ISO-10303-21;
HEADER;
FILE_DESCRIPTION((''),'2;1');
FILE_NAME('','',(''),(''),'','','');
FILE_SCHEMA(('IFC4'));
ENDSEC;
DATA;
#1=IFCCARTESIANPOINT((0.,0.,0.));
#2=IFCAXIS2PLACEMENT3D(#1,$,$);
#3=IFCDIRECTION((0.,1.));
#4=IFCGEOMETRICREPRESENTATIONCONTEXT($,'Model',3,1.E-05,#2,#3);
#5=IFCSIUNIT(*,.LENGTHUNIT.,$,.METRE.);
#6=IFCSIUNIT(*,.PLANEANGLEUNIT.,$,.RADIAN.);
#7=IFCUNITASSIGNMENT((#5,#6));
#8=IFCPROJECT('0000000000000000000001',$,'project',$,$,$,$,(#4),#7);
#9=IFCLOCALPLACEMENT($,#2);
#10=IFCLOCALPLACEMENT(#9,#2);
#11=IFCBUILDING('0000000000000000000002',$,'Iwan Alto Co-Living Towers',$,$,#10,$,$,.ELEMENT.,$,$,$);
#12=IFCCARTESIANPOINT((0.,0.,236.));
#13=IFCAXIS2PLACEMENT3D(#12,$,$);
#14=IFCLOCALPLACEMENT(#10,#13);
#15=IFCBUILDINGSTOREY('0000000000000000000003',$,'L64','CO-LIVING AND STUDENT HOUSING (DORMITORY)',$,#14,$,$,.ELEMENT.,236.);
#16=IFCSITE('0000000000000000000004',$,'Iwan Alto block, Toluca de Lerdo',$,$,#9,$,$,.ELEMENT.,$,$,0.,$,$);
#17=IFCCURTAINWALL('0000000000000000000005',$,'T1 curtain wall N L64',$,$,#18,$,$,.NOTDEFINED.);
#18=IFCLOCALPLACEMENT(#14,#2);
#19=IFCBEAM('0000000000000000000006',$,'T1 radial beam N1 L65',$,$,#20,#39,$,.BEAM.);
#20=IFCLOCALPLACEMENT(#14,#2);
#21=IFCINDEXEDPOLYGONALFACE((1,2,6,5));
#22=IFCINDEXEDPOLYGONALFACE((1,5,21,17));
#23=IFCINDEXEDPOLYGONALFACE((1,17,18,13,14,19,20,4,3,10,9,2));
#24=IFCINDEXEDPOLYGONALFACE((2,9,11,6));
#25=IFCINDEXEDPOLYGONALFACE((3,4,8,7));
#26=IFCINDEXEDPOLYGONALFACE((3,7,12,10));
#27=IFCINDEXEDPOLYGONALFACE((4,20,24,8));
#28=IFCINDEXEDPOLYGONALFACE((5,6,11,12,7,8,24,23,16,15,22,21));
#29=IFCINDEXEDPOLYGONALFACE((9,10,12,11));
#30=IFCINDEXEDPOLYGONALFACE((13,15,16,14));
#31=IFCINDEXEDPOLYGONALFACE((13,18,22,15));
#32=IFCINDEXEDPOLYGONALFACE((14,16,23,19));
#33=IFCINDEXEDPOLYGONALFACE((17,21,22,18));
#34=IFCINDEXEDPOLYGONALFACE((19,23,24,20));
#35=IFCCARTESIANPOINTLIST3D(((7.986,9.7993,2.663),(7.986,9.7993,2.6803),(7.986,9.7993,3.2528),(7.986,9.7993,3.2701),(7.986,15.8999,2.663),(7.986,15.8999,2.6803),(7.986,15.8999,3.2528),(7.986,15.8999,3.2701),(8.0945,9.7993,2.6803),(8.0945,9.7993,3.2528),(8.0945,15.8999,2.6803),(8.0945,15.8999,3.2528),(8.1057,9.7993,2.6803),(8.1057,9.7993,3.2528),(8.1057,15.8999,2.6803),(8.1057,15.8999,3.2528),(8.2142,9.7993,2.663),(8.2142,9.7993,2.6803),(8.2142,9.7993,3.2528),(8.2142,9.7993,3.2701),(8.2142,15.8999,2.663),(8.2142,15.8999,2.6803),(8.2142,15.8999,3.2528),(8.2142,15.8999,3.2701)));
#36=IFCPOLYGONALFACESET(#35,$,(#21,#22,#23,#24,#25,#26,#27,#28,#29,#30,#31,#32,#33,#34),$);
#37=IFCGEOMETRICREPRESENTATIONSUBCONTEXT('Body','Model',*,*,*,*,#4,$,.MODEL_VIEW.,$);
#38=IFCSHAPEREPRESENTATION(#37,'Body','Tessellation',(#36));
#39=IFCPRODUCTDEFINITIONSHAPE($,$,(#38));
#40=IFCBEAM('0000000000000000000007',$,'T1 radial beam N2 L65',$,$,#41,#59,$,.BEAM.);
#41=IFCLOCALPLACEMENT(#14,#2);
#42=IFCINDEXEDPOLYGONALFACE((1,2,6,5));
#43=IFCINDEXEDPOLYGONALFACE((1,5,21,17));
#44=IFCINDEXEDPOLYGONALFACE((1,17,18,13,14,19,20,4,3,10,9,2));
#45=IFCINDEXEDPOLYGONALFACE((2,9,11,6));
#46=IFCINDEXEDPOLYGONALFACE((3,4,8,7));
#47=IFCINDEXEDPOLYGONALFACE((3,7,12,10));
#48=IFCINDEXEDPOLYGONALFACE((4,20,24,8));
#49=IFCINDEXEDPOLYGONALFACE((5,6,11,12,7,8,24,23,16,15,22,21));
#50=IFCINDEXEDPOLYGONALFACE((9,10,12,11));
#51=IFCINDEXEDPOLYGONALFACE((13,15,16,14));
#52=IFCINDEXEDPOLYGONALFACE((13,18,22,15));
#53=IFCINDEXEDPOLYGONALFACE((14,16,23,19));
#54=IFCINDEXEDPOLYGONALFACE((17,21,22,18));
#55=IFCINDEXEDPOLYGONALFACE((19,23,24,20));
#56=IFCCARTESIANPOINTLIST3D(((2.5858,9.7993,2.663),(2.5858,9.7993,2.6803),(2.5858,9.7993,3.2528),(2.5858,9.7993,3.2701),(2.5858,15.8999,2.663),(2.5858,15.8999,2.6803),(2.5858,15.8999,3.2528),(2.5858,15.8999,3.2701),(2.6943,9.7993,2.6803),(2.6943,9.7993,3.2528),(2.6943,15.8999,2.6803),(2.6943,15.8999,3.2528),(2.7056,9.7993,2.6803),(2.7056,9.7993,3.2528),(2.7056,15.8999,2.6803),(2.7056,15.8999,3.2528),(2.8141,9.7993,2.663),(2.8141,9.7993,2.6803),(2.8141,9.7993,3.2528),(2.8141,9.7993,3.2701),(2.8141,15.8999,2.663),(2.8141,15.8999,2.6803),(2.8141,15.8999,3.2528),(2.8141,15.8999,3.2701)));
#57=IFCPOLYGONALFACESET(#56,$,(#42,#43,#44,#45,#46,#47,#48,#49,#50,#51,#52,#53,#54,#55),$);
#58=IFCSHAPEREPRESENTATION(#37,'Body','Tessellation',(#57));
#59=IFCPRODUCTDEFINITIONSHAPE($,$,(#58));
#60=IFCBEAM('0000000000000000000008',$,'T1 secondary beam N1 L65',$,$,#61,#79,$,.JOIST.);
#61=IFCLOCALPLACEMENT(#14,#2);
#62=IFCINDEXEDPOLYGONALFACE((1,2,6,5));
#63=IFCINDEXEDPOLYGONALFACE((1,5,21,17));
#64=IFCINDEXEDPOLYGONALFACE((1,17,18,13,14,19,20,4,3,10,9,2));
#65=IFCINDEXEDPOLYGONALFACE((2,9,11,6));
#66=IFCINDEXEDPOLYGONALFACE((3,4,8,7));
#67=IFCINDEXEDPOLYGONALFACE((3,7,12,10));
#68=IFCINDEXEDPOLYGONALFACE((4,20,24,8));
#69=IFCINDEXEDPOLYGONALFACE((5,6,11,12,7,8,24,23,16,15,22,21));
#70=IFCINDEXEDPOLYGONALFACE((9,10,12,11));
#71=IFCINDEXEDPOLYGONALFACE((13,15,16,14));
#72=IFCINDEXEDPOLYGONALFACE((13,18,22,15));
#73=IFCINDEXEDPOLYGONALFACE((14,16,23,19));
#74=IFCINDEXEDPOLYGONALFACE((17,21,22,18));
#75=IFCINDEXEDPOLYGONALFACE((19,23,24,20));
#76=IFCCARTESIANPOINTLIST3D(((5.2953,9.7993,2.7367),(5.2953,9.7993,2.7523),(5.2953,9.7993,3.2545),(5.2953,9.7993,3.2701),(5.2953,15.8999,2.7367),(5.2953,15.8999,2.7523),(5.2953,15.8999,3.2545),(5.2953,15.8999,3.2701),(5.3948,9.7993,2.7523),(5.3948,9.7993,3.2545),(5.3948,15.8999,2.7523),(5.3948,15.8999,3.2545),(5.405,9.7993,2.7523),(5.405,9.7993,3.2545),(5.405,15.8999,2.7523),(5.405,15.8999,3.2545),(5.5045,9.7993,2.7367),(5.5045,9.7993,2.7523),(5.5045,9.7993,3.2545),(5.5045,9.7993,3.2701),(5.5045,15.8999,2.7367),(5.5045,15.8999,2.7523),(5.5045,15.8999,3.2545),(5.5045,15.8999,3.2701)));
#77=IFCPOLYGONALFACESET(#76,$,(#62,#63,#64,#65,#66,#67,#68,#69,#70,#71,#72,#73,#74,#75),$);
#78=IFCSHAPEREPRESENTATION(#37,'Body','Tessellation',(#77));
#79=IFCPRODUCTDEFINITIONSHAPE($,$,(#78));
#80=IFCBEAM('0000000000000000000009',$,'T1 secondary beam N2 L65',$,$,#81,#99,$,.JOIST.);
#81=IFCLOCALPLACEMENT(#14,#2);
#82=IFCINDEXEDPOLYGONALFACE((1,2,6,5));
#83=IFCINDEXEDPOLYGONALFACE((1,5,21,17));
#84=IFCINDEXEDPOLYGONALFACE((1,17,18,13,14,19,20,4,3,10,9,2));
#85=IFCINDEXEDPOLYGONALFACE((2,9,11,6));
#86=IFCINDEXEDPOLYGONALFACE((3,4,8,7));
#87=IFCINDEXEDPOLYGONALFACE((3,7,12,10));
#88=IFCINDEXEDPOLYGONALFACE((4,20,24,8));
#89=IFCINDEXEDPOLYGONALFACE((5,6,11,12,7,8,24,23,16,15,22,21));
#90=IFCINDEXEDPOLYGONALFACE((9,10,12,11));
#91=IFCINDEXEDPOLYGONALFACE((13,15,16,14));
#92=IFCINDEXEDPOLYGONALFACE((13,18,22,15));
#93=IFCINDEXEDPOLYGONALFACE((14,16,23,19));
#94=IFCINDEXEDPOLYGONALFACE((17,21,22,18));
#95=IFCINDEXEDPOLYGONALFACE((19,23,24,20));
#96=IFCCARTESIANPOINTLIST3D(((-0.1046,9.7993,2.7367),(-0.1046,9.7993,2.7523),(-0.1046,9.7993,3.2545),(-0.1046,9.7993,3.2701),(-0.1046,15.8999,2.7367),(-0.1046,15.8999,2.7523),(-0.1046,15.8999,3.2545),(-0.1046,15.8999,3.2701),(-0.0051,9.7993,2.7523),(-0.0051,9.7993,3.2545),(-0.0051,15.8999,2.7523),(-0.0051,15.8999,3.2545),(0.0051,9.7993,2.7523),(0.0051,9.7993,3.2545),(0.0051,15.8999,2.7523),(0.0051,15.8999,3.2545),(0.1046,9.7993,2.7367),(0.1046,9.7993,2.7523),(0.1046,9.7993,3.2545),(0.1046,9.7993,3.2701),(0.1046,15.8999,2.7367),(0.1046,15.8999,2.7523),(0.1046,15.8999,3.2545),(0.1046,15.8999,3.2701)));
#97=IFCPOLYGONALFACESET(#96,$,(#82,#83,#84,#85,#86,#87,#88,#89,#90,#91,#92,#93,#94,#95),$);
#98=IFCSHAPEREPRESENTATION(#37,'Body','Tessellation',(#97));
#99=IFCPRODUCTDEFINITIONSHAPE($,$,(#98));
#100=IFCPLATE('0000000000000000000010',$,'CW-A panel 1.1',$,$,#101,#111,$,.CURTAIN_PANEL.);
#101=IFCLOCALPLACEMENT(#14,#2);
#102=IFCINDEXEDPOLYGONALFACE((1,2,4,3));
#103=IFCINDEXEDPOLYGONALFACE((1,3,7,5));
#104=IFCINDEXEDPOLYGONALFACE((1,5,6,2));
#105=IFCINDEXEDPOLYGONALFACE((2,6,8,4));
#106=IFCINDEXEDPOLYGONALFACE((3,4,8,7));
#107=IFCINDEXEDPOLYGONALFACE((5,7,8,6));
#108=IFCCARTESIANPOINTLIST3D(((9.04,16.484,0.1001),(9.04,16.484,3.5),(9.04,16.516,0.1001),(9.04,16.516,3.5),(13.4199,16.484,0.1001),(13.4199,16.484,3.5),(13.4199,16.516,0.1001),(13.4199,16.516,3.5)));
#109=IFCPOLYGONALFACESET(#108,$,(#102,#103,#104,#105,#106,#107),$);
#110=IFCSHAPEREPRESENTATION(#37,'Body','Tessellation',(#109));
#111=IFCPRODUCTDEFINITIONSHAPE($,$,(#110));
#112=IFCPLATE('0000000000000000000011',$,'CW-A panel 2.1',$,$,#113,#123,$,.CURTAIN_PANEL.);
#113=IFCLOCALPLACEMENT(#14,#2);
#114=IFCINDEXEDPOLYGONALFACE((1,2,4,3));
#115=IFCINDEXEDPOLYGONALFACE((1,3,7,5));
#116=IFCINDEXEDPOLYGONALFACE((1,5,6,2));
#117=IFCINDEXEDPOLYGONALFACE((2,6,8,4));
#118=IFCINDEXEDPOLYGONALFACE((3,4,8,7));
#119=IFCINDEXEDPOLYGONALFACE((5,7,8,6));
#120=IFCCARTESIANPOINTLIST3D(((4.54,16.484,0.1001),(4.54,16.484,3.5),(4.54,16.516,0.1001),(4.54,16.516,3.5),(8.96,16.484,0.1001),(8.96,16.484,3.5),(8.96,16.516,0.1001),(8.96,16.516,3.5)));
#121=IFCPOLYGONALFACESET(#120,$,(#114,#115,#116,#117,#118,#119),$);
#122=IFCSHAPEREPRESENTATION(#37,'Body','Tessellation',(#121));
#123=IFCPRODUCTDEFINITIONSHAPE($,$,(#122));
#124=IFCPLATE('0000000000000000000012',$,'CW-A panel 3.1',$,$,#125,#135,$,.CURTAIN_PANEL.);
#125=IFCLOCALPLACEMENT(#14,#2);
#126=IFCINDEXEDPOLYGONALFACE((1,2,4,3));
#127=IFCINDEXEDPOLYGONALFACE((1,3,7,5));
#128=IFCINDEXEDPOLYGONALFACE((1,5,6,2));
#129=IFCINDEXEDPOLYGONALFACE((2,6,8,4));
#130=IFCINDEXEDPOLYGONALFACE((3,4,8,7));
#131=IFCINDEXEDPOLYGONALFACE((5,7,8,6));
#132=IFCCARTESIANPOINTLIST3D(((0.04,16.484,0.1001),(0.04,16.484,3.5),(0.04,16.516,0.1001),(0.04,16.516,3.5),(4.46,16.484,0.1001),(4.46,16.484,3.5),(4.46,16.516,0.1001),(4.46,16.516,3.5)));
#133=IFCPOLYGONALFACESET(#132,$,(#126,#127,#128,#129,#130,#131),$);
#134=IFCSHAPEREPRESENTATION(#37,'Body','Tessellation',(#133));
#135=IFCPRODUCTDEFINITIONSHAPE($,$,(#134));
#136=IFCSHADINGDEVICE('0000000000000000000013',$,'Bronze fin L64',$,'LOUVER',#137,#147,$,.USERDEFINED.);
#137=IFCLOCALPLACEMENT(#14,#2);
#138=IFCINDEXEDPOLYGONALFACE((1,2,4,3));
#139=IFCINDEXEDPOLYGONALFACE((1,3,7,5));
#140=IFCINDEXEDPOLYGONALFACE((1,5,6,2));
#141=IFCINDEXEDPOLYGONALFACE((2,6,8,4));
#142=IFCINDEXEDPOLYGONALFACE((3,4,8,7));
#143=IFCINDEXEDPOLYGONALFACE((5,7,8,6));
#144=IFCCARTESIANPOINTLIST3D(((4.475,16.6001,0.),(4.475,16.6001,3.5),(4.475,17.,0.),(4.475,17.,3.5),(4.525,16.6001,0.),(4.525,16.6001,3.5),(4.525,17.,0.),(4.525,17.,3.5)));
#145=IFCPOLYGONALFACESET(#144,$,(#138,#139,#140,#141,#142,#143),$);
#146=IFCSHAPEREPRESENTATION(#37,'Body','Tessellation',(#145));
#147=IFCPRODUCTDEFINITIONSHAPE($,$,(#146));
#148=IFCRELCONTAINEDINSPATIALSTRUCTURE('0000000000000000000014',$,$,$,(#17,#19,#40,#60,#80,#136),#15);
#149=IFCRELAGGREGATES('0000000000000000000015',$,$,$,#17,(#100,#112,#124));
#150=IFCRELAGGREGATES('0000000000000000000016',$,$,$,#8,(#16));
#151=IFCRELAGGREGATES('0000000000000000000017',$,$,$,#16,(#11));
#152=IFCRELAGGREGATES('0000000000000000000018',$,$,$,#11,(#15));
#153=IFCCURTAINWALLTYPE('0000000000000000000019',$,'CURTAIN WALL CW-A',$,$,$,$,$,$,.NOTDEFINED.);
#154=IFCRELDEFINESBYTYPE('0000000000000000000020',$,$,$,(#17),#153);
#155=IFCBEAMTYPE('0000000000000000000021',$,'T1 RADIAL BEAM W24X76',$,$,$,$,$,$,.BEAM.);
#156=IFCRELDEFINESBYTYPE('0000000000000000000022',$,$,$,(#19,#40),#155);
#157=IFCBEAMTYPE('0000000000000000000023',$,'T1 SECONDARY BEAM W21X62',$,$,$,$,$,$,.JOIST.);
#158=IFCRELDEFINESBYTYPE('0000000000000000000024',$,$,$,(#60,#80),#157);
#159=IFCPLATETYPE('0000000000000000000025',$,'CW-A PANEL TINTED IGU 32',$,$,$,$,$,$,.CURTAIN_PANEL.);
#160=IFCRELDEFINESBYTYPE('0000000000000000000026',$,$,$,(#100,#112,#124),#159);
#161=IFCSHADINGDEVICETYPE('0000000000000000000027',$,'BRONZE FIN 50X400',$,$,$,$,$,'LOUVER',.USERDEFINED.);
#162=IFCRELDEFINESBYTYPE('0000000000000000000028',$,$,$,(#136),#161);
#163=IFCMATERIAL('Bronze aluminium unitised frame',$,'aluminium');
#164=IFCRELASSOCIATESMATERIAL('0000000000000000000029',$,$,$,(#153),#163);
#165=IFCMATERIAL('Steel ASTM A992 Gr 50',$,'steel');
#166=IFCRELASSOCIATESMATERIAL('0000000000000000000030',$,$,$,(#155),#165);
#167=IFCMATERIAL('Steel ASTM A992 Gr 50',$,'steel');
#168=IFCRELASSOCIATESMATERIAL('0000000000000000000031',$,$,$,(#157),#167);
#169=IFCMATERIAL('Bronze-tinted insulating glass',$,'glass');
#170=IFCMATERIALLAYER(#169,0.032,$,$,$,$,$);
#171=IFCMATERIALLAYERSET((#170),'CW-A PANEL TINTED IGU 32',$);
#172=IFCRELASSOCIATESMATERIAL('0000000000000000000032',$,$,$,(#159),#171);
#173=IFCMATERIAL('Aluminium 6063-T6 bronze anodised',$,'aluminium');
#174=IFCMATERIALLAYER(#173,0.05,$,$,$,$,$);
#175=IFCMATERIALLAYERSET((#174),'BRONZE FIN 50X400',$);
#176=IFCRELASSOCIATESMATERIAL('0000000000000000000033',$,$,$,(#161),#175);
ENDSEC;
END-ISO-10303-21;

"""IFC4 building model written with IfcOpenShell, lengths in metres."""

from ifc_helpers import new_model, si_unit, direction, frame, origin, origin_2d, place, context, subcontext, project, spatial, rectangle, i_section, extrude, material, layer, layer_set, material_profile, profile_set, type_object, element, aggregate, save


model = new_model("IFC4")

# Units and contexts
model_context = context("Model", 3, precision=1e-05, world=origin(), true_north=direction((0.0, 1.0)))
body_context = subcontext(model_context, "Body", "Model", "MODEL_VIEW")
ifc_project = project(units=[si_unit("LENGTHUNIT", "METRE"), si_unit("PLANEANGLEUNIT", "RADIAN")], contexts=[model_context])

# Site, building, storey
site_placement = place(None, origin())
site = spatial("IfcSite", under=ifc_project, at=site_placement, Name="Iwan Alto block, Toluca de Lerdo", CompositionType="ELEMENT", RefElevation=0.0)
building_placement = place(site_placement, origin())
building = spatial("IfcBuilding", under=site, at=building_placement, Name="Iwan Alto Co-Living Towers", CompositionType="ELEMENT")
storey_placement = place(building_placement, frame((0.0, 0.0, 236.0)))
storey = spatial("IfcBuildingStorey", under=building, at=storey_placement, Name="L64", Description="CO-LIVING AND STUDENT HOUSING (DORMITORY)", CompositionType="ELEMENT", Elevation=236.0)

# Curtain wall
ifc_material_1 = material(Name="Bronze aluminium unitised frame", Category="aluminium")
curtain_wall_type = type_object("IfcCurtainWallType", Name="CURTAIN WALL CW-A", PredefinedType="NOTDEFINED", material=ifc_material_1)
curtain_wall_placement = place(storey_placement, origin())
curtain_wall = element("IfcCurtainWall", 1, at=curtain_wall_placement, inside=storey, type_object=curtain_wall_type, Name="T1 curtain wall N L64", PredefinedType="NOTDEFINED")

# Beams
ifc_material_2 = material(Name="Steel ASTM A992 Gr 50", Category="steel")
ifc_material_profile_1 = material_profile(ifc_material_2, i_section(OverallWidth=0.2283, OverallDepth=0.6072, WebThickness=0.0112, FlangeThickness=0.0173, at=origin_2d()), Name="W24X76")
ifc_profile_set_1 = profile_set([ifc_material_profile_1], Name="Steel ASTM A992 Gr 50")
beam_type_1 = type_object("IfcBeamType", Name="T1 RADIAL BEAM W24X76", PredefinedType="BEAM", material=ifc_profile_set_1)
for number, where, z_axis, x_axis, name in (
    (2, (8.1001, 15.8999, 2.9666), (0.0, -1.0, 0.0), (1.0, 0.0, 0.0), "T1 radial beam N1 L65"),
    (3, (2.7, 15.8999, 2.9666), (0.0, -1.0, 0.0), (1.0, 0.0, 0.0), "T1 radial beam N2 L65"),
):
    element("IfcBeam", number, at=place(storey_placement, frame(where, z_axis=z_axis, x_axis=x_axis)), inside=storey, type_object=beam_type_1, Name=name, PredefinedType="BEAM", context=body_context, shape_type="SweptSolid", body=[
        extrude(i_section(OverallWidth=0.2283, OverallDepth=0.6072, WebThickness=0.0112, FlangeThickness=0.0173, at=origin_2d()), origin(), (0.0, 0.0, 1.0), 6.1006),
    ])
ifc_material_3 = material(Name="Steel ASTM A992 Gr 50", Category="steel")
ifc_material_profile_2 = material_profile(ifc_material_3, i_section(OverallWidth=0.2092, OverallDepth=0.5334, WebThickness=0.0103, FlangeThickness=0.0156, at=origin_2d()), Name="W21X62")
ifc_profile_set_2 = profile_set([ifc_material_profile_2], Name="Steel ASTM A992 Gr 50")
beam_type_2 = type_object("IfcBeamType", Name="T1 SECONDARY BEAM W21X62", PredefinedType="JOIST", material=ifc_profile_set_2)
for number, where, z_axis, x_axis, name in (
    (4, (5.3999, 15.8999, 3.0034), (0.0, -1.0, 0.0), (1.0, 0.0, 0.0), "T1 secondary beam N1 L65"),
    (5, (0.0, 15.8999, 3.0034), (0.0, -1.0, 0.0), (1.0, 0.0, 0.0), "T1 secondary beam N2 L65"),
):
    element("IfcBeam", number, at=place(storey_placement, frame(where, z_axis=z_axis, x_axis=x_axis)), inside=storey, type_object=beam_type_2, Name=name, PredefinedType="JOIST", context=body_context, shape_type="SweptSolid", body=[
        extrude(i_section(OverallWidth=0.2092, OverallDepth=0.5334, WebThickness=0.0103, FlangeThickness=0.0156, at=origin_2d()), origin(), (0.0, 0.0, 1.0), 6.1006),
    ])

# Plates
ifc_material_4 = material(Name="Bronze-tinted insulating glass", Category="glass")
ifc_layer_1 = layer(ifc_material_4, 0.032)
ifc_layer_set_1 = layer_set([ifc_layer_1], Name="CW-A PANEL TINTED IGU 32")
plate_type = type_object("IfcPlateType", Name="CW-A PANEL TINTED IGU 32", PredefinedType="CURTAIN_PANEL", material=ifc_layer_set_1)
plate_1_placement = place(storey_placement, frame((11.23, 16.5, 0.1001), z_axis=(0.0, 0.0, 1.0), x_axis=(-1.0, 0.0, 0.0)))
plate_1 = element("IfcPlate", 6, at=plate_1_placement, type_object=plate_type, Name="CW-A panel 1.1", PredefinedType="CURTAIN_PANEL", context=body_context, shape_type="SweptSolid", body=[
    extrude(rectangle(XDim=4.3799, YDim=0.032, at=origin_2d()), origin(), (0.0, 0.0, 1.0), 3.3999),
])
plate_2_placement = place(storey_placement, frame((6.75, 16.5, 0.1001), z_axis=(0.0, 0.0, 1.0), x_axis=(-1.0, 0.0, 0.0)))
plate_2 = element("IfcPlate", 7, at=plate_2_placement, type_object=plate_type, Name="CW-A panel 2.1", PredefinedType="CURTAIN_PANEL", context=body_context, shape_type="SweptSolid", body=[
    extrude(rectangle(XDim=4.4199, YDim=0.032, at=origin_2d()), origin(), (0.0, 0.0, 1.0), 3.3999),
])
plate_3_placement = place(storey_placement, frame((2.25, 16.5, 0.1001), z_axis=(0.0, 0.0, 1.0), x_axis=(-1.0, 0.0, 0.0)))
plate_3 = element("IfcPlate", 8, at=plate_3_placement, type_object=plate_type, Name="CW-A panel 3.1", PredefinedType="CURTAIN_PANEL", context=body_context, shape_type="SweptSolid", body=[
    extrude(rectangle(XDim=4.4199, YDim=0.032, at=origin_2d()), origin(), (0.0, 0.0, 1.0), 3.3999),
])
aggregate(curtain_wall, [plate_1, plate_2, plate_3])

# Shading device
ifc_material_5 = material(Name="Aluminium 6063-T6 bronze anodised", Category="aluminium")
ifc_layer_2 = layer(ifc_material_5, 0.05)
ifc_layer_set_2 = layer_set([ifc_layer_2], Name="BRONZE FIN 50X400")
shading_device_type = type_object("IfcShadingDeviceType", Name="BRONZE FIN 50X400", ElementType="LOUVER", PredefinedType="USERDEFINED", material=ifc_layer_set_2)
shading_device_placement = place(storey_placement, frame((4.5, 16.8, 0.0), z_axis=(0.0, 0.0, 1.0), x_axis=(-1.0, 0.0, 0.0)))
element("IfcShadingDevice", 9, at=shading_device_placement, inside=storey, type_object=shading_device_type, Name="Bronze fin L64", ObjectType="LOUVER", PredefinedType="USERDEFINED", context=body_context, shape_type="SweptSolid", body=[
    extrude(rectangle(XDim=0.05, YDim=0.3999, at=origin_2d()), origin(), (0.0, 0.0, 1.0), 3.5),
])

save(model, "model.ifc")
